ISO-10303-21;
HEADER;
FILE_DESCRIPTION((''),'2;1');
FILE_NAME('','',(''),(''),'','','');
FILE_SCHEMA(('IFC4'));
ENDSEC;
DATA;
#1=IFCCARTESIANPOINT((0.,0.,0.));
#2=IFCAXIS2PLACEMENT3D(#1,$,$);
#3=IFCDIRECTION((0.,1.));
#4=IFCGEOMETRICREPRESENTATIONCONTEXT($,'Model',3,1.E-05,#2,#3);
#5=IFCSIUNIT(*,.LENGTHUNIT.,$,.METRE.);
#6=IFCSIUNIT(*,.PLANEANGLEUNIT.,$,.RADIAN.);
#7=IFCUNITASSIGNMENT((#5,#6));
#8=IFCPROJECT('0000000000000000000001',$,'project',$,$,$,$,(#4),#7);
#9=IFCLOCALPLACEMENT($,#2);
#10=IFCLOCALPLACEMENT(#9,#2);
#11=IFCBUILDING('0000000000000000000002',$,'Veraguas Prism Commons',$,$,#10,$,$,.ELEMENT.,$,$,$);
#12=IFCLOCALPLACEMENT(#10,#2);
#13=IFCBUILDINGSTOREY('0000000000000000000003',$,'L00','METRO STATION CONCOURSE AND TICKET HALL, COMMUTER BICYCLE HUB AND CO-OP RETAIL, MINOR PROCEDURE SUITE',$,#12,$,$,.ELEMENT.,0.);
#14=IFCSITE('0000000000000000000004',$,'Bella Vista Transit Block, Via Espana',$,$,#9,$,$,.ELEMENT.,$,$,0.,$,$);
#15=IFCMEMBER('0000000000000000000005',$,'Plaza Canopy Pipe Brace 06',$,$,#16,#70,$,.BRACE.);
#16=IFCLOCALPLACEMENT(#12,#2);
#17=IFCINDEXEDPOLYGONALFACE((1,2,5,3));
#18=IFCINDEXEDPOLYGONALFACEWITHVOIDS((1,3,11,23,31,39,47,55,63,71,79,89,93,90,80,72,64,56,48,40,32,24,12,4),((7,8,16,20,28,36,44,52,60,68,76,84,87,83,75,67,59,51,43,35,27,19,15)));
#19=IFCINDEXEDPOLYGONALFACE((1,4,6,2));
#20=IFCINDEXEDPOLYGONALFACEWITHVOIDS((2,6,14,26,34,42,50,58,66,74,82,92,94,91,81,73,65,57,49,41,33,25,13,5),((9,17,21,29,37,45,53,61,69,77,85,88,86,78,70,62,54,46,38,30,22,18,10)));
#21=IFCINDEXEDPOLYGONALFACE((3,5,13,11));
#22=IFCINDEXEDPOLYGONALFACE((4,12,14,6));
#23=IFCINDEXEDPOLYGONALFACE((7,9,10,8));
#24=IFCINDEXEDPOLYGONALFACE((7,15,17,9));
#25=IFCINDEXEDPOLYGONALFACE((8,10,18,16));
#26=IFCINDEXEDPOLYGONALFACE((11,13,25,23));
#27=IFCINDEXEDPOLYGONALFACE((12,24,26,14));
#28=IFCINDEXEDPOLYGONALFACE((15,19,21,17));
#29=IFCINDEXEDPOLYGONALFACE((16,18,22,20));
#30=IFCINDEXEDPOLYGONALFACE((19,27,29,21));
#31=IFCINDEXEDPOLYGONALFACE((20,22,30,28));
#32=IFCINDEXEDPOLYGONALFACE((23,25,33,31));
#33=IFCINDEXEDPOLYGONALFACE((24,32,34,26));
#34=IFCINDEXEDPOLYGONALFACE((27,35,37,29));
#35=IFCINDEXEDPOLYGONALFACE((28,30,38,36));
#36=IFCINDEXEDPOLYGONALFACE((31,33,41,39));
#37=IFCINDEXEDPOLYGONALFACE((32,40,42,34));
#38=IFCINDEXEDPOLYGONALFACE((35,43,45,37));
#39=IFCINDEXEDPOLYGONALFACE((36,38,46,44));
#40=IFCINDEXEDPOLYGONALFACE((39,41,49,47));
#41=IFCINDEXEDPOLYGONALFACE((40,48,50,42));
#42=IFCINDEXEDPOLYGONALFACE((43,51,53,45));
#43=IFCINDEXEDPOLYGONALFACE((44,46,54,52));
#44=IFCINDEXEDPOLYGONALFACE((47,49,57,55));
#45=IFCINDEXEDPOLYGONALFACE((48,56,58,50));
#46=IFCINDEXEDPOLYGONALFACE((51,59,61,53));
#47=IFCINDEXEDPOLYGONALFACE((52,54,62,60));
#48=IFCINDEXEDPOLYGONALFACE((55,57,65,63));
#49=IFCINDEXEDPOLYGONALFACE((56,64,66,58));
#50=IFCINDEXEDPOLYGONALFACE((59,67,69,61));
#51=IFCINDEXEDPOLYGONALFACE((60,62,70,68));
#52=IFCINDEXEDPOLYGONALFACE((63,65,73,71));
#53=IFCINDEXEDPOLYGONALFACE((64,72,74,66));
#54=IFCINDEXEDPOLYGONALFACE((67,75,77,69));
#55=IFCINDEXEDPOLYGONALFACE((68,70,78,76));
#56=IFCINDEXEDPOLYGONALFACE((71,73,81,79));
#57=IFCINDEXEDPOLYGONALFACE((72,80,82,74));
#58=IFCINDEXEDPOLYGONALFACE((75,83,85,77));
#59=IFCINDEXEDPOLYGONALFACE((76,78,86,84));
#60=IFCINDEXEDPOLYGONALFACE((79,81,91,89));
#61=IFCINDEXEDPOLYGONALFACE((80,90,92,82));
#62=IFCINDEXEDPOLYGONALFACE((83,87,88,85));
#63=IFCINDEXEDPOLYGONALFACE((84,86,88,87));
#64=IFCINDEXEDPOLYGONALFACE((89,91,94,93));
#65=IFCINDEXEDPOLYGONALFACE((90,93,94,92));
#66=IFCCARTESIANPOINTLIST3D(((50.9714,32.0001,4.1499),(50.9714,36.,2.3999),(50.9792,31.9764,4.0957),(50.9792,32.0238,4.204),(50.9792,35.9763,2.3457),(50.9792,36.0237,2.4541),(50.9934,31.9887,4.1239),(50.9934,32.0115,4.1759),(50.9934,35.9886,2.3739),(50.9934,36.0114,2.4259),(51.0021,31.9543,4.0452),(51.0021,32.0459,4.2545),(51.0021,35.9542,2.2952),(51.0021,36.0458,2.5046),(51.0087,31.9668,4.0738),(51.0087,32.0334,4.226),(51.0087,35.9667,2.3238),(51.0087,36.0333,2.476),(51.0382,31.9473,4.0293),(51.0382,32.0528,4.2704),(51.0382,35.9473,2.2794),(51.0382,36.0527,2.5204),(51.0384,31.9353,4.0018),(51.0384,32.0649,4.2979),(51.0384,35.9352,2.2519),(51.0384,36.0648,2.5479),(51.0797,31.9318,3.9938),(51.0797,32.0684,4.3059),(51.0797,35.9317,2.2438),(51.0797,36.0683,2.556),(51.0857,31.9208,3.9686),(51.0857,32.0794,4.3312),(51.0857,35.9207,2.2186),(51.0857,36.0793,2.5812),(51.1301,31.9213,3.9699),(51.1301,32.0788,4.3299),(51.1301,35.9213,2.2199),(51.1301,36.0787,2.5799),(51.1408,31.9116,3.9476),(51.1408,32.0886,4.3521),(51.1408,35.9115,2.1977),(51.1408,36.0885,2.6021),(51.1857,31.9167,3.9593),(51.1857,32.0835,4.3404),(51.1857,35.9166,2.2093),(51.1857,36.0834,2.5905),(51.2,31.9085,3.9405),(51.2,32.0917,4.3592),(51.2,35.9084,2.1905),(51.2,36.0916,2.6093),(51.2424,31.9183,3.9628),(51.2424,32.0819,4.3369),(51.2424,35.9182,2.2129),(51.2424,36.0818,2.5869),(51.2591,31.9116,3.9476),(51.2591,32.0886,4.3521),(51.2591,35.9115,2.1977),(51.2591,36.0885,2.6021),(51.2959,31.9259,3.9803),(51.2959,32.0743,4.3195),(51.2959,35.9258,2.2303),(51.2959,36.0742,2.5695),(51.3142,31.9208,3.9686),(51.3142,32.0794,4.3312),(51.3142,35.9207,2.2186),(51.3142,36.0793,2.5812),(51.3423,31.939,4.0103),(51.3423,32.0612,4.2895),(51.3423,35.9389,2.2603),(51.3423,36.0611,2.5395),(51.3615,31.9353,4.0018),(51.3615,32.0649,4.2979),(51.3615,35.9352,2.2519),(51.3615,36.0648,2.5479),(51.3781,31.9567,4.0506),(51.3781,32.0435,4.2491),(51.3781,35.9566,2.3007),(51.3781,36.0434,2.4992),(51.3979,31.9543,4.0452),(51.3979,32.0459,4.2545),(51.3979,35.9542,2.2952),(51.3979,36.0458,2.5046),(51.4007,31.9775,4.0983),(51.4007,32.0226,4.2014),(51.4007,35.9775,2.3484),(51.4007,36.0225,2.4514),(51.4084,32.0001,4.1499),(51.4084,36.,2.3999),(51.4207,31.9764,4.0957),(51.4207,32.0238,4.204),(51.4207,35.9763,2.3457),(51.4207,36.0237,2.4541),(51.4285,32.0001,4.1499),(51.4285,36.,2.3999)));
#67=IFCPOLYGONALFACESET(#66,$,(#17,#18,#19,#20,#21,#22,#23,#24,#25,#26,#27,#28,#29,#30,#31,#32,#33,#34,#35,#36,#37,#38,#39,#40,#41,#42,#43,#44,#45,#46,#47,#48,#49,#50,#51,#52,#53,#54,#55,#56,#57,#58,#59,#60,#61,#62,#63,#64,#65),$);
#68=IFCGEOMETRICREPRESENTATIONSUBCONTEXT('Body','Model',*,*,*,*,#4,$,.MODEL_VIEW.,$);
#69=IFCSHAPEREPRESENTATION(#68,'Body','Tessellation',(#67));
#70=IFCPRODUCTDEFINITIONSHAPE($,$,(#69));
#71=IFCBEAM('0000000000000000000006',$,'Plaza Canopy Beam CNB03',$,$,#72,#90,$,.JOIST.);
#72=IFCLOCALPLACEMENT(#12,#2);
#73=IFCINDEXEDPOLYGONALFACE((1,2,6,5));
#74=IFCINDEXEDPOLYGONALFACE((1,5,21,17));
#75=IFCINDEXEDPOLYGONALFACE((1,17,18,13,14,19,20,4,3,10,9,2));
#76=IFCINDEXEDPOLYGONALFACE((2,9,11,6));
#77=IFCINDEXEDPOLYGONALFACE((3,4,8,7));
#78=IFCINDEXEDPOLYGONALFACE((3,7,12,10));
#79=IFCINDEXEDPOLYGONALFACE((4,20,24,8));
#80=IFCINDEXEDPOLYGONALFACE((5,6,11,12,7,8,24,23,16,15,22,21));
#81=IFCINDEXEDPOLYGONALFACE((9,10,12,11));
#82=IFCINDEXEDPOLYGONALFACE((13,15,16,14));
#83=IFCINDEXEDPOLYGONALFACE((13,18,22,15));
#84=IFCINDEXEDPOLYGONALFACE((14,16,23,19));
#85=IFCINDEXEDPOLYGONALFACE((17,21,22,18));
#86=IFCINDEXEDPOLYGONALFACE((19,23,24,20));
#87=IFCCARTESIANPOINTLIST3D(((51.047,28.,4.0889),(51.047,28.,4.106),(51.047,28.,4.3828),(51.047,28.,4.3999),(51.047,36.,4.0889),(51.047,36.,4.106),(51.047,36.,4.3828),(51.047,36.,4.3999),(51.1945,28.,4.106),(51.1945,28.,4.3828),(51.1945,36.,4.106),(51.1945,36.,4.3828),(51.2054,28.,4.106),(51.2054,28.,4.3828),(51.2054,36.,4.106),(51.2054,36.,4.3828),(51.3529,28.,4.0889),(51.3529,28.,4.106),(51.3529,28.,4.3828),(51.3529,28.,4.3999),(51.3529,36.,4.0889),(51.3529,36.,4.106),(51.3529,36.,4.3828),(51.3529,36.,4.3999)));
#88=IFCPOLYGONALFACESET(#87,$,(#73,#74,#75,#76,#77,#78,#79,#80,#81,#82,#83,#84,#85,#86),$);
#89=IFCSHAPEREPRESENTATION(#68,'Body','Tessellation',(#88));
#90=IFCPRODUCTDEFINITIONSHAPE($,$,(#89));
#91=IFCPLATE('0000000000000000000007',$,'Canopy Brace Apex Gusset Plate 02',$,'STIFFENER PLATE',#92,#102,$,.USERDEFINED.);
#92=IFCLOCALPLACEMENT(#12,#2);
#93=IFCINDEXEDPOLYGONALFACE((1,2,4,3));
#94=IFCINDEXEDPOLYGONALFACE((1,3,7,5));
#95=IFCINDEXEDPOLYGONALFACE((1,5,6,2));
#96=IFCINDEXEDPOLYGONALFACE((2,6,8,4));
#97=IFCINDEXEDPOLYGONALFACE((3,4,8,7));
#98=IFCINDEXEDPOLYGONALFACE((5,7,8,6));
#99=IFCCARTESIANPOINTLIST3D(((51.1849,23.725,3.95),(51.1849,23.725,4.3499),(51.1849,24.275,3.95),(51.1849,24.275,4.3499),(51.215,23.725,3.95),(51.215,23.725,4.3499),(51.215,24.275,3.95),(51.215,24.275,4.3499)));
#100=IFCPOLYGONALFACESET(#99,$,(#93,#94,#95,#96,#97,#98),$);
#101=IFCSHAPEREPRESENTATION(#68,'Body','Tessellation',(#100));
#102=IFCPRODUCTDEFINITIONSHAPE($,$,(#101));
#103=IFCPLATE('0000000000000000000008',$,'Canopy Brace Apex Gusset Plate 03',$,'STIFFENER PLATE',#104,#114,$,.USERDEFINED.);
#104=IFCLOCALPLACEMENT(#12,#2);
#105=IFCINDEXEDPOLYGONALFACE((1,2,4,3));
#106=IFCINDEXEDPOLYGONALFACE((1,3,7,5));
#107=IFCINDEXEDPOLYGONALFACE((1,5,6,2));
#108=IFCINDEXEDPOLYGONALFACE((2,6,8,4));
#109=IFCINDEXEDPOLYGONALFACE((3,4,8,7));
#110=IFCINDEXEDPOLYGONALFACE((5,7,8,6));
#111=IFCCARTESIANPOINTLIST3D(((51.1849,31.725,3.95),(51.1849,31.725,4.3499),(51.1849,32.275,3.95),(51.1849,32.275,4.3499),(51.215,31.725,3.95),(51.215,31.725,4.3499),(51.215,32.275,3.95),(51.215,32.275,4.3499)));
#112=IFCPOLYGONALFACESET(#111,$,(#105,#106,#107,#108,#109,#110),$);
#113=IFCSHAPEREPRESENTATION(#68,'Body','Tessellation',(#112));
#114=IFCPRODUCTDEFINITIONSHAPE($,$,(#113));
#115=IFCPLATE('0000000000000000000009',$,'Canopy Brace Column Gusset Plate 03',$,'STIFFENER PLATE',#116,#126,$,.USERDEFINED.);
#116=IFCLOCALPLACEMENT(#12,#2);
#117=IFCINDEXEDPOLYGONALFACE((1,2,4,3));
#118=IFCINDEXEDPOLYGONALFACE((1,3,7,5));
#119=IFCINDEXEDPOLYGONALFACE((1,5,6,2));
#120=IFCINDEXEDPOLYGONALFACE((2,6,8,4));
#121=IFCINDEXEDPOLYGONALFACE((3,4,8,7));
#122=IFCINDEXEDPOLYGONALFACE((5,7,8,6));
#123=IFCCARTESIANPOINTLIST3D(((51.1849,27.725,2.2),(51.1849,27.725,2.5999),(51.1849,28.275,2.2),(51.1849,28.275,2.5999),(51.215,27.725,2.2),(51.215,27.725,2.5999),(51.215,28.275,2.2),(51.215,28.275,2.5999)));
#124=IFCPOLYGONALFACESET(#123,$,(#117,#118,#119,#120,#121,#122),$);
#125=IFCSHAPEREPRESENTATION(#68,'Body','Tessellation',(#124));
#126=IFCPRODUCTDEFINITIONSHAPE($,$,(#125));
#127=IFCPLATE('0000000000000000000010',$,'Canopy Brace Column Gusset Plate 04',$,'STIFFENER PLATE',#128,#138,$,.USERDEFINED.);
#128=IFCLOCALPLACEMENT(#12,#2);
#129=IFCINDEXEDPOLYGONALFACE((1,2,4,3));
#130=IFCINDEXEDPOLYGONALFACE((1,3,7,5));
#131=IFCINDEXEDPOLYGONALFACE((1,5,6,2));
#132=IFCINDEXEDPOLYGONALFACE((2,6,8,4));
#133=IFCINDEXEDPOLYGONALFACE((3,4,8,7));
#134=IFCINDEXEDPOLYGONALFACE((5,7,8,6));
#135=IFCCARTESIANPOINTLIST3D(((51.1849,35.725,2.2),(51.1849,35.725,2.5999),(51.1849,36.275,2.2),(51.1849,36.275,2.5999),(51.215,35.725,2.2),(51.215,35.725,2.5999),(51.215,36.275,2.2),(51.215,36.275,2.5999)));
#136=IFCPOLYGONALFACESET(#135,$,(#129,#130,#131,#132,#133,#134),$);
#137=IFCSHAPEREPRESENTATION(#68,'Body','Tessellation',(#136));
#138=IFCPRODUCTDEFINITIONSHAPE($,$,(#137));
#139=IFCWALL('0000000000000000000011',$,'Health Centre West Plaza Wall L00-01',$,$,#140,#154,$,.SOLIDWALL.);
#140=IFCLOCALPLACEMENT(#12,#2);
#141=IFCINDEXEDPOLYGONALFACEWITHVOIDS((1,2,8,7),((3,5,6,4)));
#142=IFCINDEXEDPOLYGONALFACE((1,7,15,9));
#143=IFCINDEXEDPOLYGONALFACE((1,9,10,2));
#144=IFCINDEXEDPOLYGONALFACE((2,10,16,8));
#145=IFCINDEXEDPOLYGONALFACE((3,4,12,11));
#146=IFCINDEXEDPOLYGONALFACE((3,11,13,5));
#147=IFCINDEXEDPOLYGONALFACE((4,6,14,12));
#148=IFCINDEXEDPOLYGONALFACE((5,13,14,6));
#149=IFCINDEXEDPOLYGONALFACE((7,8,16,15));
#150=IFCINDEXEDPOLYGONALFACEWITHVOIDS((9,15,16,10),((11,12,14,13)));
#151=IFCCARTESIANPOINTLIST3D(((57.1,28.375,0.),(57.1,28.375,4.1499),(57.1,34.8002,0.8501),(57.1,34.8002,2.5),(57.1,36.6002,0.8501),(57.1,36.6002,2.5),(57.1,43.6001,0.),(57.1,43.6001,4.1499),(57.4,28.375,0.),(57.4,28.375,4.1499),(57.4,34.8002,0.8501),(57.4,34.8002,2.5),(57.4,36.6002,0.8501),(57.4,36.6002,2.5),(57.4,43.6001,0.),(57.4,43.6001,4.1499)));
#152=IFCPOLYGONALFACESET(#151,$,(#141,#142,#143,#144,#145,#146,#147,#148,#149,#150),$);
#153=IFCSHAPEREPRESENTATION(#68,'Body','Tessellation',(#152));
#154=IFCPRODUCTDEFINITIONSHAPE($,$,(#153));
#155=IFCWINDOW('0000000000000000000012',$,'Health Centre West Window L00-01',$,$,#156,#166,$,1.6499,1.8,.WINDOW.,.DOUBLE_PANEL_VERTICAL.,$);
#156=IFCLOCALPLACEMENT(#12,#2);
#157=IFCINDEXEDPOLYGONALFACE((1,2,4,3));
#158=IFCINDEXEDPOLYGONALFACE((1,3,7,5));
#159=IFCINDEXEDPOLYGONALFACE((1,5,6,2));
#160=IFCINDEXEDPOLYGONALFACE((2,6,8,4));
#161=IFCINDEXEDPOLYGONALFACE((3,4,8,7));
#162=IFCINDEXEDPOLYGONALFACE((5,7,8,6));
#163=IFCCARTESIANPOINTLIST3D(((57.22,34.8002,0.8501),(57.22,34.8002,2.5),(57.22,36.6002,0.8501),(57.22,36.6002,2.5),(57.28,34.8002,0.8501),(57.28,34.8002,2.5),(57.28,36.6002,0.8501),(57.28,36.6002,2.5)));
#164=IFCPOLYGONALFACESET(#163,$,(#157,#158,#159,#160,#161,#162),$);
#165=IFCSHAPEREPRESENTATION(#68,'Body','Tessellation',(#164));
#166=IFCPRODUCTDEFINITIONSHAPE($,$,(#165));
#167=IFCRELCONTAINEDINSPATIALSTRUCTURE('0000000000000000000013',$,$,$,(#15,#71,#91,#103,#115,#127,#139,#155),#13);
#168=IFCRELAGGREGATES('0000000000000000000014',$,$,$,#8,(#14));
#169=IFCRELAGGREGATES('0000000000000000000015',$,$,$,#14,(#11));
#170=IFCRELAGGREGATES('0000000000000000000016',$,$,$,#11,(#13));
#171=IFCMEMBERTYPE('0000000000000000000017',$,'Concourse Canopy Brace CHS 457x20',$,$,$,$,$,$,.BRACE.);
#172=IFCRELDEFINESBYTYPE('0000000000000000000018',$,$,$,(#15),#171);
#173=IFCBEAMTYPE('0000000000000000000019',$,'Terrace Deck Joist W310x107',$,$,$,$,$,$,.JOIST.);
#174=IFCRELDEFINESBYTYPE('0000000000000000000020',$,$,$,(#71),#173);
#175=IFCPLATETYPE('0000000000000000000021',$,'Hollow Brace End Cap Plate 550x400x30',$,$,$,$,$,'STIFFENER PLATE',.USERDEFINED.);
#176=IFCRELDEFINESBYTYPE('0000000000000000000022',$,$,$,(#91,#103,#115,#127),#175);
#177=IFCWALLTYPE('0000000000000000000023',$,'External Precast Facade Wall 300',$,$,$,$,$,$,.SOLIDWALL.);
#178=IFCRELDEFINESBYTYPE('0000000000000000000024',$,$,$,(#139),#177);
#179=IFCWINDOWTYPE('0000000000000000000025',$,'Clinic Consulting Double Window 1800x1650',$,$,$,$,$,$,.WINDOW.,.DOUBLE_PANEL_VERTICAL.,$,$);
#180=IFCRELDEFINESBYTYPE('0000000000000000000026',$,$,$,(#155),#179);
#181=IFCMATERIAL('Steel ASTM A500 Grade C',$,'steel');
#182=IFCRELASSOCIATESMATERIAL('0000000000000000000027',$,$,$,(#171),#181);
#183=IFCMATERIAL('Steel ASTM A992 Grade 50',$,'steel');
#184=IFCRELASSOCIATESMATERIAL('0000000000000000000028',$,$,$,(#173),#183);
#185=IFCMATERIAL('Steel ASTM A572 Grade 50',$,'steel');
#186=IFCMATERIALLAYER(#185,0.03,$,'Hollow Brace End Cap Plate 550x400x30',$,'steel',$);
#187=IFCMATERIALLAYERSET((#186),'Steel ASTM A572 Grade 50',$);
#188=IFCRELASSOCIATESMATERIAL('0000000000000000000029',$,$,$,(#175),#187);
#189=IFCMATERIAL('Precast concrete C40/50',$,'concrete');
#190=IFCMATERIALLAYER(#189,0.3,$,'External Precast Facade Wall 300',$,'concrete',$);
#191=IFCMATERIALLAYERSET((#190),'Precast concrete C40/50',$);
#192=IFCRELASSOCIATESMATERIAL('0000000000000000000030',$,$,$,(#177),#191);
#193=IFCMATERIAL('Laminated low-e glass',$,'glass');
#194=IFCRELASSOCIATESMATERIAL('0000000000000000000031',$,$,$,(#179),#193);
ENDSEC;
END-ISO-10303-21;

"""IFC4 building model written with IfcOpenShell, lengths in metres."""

from ifc_helpers import new_model, si_unit, direction, frame, frame_2d, origin, origin_2d, place, context, subcontext, project, spatial, rectangle, hollow_circle, i_section, extrude, source, transform, mapped, material, layer, layer_set, material_profile, profile_set, type_object, element, fill, save


model = new_model("IFC4")

# Units and contexts
model_context = context("Model", 3, precision=1e-05, world=origin(), true_north=direction((0.0, 1.0)))
body_context = subcontext(model_context, "Body", "Model", "MODEL_VIEW")
ifc_project = project(units=[si_unit("LENGTHUNIT", "METRE"), si_unit("PLANEANGLEUNIT", "RADIAN")], contexts=[model_context])

# Site, building, storey
site_placement = place(None, origin())
site = spatial("IfcSite", under=ifc_project, at=site_placement, Name="Bella Vista Transit Block, Via Espana", CompositionType="ELEMENT", RefElevation=0.0)
building_placement = place(site_placement, origin())
building = spatial("IfcBuilding", under=site, at=building_placement, Name="Veraguas Prism Commons", CompositionType="ELEMENT")
storey_placement = place(building_placement, origin())
storey = spatial("IfcBuildingStorey", under=building, at=storey_placement, Name="L00", Description="METRO STATION CONCOURSE AND TICKET HALL, COMMUTER BICYCLE HUB AND CO-OP RETAIL, MINOR PROCEDURE SUITE", CompositionType="ELEMENT", Elevation=0.0)

# Shared definitions
ifc_material_1 = material(Name="Steel ASTM A992 Grade 50", Category="steel")

# Member
ifc_material_2 = material(Name="Steel ASTM A500 Grade C", Category="steel")
ifc_material_profile_1 = material_profile(ifc_material_2, hollow_circle(Radius=0.2285, WallThickness=0.02, at=origin_2d()), Name="CHS457X20")
ifc_profile_set_1 = profile_set([ifc_material_profile_1], Name="Steel ASTM A500 Grade C")
member_type = type_object("IfcMemberType", Name="Concourse Canopy Brace CHS 457x20", PredefinedType="BRACE", material=ifc_profile_set_1)
for number, where, z_axis, x_axis, name in (
    (1, (51.2, 36.0, 2.3999), (0.0, -0.916157, 0.400819), (1.0, 0.0, 0.0), "Plaza Canopy Pipe Brace 06"),
):
    element("IfcMember", number, at=place(storey_placement, frame(where, z_axis=z_axis, x_axis=x_axis)), inside=storey, type_object=member_type, Name=name, PredefinedType="BRACE", context=body_context, shape_type="SweptSolid", body=[
        extrude(hollow_circle(Radius=0.2285, WallThickness=0.02, at=origin_2d()), origin(), (0.0, 0.0, 1.0), 4.366),
    ])

# Beam
ifc_material_profile_2 = material_profile(ifc_material_1, i_section(OverallWidth=0.3059, OverallDepth=0.311, WebThickness=0.011, FlangeThickness=0.0171, at=origin_2d()), Name="W310X107")
ifc_profile_set_2 = profile_set([ifc_material_profile_2], Name="Steel ASTM A992 Grade 50")
beam_type = type_object("IfcBeamType", Name="Terrace Deck Joist W310x107", PredefinedType="JOIST", material=ifc_profile_set_2)
beam_placement = place(storey_placement, frame((51.2, 28.0, 4.2444), z_axis=(0.0, 1.0, 0.0), x_axis=(-1.0, 0.0, 0.0)))
element("IfcBeam", 2, at=beam_placement, inside=storey, type_object=beam_type, Name="Plaza Canopy Beam CNB03", PredefinedType="JOIST", context=body_context, shape_type="SweptSolid", body=[
    extrude(i_section(OverallWidth=0.3059, OverallDepth=0.311, WebThickness=0.011, FlangeThickness=0.0171, at=origin_2d()), origin(), (0.0, 0.0, 1.0), 8.0),
])

# Plates
ifc_material_3 = material(Name="Steel ASTM A572 Grade 50", Category="steel")
ifc_layer_1 = layer(ifc_material_3, 0.03, Name="Hollow Brace End Cap Plate 550x400x30", Category="steel")
ifc_layer_set_1 = layer_set([ifc_layer_1], Name="Steel ASTM A572 Grade 50")
plate_type = type_object("IfcPlateType", Name="Hollow Brace End Cap Plate 550x400x30", ElementType="STIFFENER PLATE", PredefinedType="USERDEFINED", material=ifc_layer_set_1)
shared_shape_1 = source(origin(), body_context, "Body", "SweptSolid", [
    extrude(rectangle(XDim=0.55, YDim=0.03, at=origin_2d()), origin(), (0.0, 0.0, 1.0), 0.3999),
])
for number, where, z_axis, x_axis, name in (
    (3, (51.2, 24.0, 3.95), (0.0, 0.0, 1.0), (0.0, 1.0, 0.0), "Canopy Brace Apex Gusset Plate 02"),
    (4, (51.2, 32.0, 3.95), (0.0, 0.0, 1.0), (0.0, 1.0, 0.0), "Canopy Brace Apex Gusset Plate 03"),
    (5, (51.2, 28.0, 2.2), (0.0, 0.0, 1.0), (0.0, 1.0, 0.0), "Canopy Brace Column Gusset Plate 03"),
    (6, (51.2, 36.0, 2.2), (0.0, 0.0, 1.0), (0.0, 1.0, 0.0), "Canopy Brace Column Gusset Plate 04"),
):
    element("IfcPlate", number, at=place(storey_placement, frame(where, z_axis=z_axis, x_axis=x_axis)), inside=storey, type_object=plate_type, Name=name, ObjectType="STIFFENER PLATE", PredefinedType="USERDEFINED", context=body_context, shape_type="MappedRepresentation", body=[
        mapped(shared_shape_1, transform((0.0, 0.0, 0.0), scale=1.0)),
    ])

# Wall, opening, window
ifc_material_4 = material(Name="Precast concrete C40/50", Category="concrete")
ifc_layer_2 = layer(ifc_material_4, 0.3, Name="External Precast Facade Wall 300", Category="concrete")
ifc_layer_set_2 = layer_set([ifc_layer_2], Name="Precast concrete C40/50")
wall_type_1 = type_object("IfcWallType", Name="External Precast Facade Wall 300", PredefinedType="SOLIDWALL", material=ifc_layer_set_2)
wall_1_placement = place(storey_placement, frame((57.25, 43.6001, 0.0), z_axis=(0.0, 0.0, 1.0), x_axis=(0.0, -1.0, 0.0)))
wall_1 = element("IfcWall", 7, at=wall_1_placement, inside=storey, type_object=wall_type_1, Name="Health Centre West Plaza Wall L00-01", PredefinedType="SOLIDWALL", context=body_context, shape_type="SweptSolid", body=[
    extrude(rectangle(XDim=15.2251, YDim=0.3, at=frame_2d((7.6125, 0.0))), origin(), (0.0, 0.0, 1.0), 4.1499),
])
opening_1_placement = place(wall_1_placement, frame((7.0, 0.0, 0.8501)))
opening_1 = element("IfcOpeningElement", 8, at=opening_1_placement, cuts=wall_1, PredefinedType="OPENING", context=body_context, shape_type="SweptSolid", body=[
    extrude(rectangle(XDim=1.8, YDim=1.6499, at=frame_2d((0.8999, 0.825))), frame((0.0, 0.1599, 0.0), z_axis=(0.0, -1.0, 0.0), x_axis=(1.0, 0.0, 0.0)), (0.0, 0.0, 1.0), 0.3201),
])
ifc_material_5 = material(Name="Laminated low-e glass", Category="glass")
window_type = type_object("IfcWindowType", Name="Clinic Consulting Double Window 1800x1650", PartitioningType="DOUBLE_PANEL_VERTICAL", PredefinedType="WINDOW", material=ifc_material_5)
shared_shape_2 = source(origin(), body_context, "Body", "SweptSolid", [
    extrude(rectangle(XDim=1.8, YDim=1.6499, at=frame_2d((0.8999, 0.825))), frame((0.0, 0.03, 0.0), z_axis=(0.0, -1.0, 0.0), x_axis=(1.0, 0.0, 0.0)), (0.0, 0.0, 1.0), 0.0601),
])
window_placement = place(opening_1_placement, origin())
window = element("IfcWindow", 9, at=window_placement, inside=storey, type_object=window_type, Name="Health Centre West Window L00-01", OverallHeight=1.6499, OverallWidth=1.8, PartitioningType="DOUBLE_PANEL_VERTICAL", PredefinedType="WINDOW", context=body_context, shape_type="MappedRepresentation", body=[
    mapped(shared_shape_2, transform((0.0, 0.0, 0.0), scale=1.0)),
])
fill(opening_1, window)

save(model, "model.ifc")
